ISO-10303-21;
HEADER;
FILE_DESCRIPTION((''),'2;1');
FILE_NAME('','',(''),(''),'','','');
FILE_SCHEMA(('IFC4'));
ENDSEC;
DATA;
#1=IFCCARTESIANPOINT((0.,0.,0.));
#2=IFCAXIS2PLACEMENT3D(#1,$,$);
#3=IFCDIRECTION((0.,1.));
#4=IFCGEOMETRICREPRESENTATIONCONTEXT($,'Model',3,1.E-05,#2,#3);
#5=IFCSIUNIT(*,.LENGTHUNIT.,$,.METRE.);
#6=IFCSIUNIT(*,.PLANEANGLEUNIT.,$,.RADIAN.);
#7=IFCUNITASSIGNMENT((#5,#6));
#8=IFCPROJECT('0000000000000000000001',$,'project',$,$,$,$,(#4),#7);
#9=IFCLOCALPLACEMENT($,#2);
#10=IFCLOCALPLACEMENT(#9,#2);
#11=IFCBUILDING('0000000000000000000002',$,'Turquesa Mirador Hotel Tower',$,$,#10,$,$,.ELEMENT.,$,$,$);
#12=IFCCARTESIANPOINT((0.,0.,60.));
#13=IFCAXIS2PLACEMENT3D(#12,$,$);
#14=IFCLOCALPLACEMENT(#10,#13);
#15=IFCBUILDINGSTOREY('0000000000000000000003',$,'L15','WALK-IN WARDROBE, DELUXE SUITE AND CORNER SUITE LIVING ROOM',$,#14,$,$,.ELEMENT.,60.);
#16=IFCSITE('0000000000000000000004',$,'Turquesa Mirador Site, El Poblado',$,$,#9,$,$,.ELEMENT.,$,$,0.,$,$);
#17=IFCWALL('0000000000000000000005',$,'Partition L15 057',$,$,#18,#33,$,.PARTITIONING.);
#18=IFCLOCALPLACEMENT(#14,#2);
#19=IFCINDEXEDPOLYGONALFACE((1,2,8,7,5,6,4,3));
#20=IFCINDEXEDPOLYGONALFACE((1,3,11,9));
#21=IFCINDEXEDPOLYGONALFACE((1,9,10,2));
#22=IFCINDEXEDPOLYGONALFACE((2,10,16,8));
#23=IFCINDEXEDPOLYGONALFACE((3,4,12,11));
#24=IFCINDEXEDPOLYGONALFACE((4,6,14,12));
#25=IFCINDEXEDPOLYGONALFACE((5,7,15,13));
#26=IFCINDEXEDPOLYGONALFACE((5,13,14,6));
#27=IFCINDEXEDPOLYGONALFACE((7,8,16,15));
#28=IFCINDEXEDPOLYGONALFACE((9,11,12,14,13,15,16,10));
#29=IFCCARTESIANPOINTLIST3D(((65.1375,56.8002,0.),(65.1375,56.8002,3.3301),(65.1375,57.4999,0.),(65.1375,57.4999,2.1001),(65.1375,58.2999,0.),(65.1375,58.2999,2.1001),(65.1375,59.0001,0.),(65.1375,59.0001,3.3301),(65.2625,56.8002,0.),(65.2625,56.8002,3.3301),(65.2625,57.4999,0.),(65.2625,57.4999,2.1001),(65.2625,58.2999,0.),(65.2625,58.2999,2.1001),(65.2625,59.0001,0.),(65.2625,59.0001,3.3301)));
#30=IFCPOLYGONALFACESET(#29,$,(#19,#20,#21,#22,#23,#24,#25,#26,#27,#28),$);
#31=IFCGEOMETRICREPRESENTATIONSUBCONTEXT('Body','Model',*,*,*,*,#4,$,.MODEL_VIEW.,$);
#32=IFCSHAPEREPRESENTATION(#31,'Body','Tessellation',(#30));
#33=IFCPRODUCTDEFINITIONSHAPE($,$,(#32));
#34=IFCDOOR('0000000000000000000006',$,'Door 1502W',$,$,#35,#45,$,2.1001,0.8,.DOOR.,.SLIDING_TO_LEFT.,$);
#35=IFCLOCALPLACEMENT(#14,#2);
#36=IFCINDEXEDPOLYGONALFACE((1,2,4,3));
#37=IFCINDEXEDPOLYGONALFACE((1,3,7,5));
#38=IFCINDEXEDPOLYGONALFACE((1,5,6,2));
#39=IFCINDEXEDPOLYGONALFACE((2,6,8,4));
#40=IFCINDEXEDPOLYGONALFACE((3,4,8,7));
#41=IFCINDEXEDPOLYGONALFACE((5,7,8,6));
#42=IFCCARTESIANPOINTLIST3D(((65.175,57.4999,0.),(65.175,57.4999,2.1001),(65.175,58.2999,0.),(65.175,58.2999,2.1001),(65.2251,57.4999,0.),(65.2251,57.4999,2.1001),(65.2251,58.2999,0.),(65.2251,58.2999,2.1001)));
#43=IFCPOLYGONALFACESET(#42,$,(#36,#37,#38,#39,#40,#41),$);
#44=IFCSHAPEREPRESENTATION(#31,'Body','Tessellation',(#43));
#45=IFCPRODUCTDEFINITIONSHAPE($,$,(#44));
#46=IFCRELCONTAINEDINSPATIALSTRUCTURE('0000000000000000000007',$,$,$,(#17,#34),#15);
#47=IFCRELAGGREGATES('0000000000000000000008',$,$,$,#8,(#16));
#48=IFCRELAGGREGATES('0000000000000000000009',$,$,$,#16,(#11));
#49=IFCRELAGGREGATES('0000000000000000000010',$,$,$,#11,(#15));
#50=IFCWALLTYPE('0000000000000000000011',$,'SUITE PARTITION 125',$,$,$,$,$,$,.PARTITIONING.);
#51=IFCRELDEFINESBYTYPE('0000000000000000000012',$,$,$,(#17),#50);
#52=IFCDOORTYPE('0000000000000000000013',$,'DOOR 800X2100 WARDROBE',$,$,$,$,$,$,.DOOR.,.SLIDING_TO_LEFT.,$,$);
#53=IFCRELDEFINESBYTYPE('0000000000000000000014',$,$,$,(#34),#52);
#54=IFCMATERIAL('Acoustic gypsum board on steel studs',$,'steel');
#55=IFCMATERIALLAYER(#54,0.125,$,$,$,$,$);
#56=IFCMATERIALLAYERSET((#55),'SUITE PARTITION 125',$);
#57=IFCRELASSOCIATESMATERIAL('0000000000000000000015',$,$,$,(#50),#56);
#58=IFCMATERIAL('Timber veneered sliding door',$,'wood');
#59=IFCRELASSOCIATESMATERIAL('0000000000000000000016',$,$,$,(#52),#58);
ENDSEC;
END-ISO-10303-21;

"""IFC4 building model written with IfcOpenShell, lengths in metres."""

from ifc_helpers import new_model, si_unit, direction, frame, frame_2d, origin, place, context, subcontext, project, spatial, rectangle, extrude, material, layer, layer_set, type_object, element, fill, save


model = new_model("IFC4")

# Units and contexts
model_context = context("Model", 3, precision=1e-05, world=origin(), true_north=direction((0.0, 1.0)))
body_context = subcontext(model_context, "Body", "Model", "MODEL_VIEW")
ifc_project = project(units=[si_unit("LENGTHUNIT", "METRE"), si_unit("PLANEANGLEUNIT", "RADIAN")], contexts=[model_context])

# Site, building, storey
site_placement = place(None, origin())
site = spatial("IfcSite", under=ifc_project, at=site_placement, Name="Turquesa Mirador Site, El Poblado", CompositionType="ELEMENT", RefElevation=0.0)
building_placement = place(site_placement, origin())
building = spatial("IfcBuilding", under=site, at=building_placement, Name="Turquesa Mirador Hotel Tower", CompositionType="ELEMENT")
storey_placement = place(building_placement, frame((0.0, 0.0, 60.0)))
storey = spatial("IfcBuildingStorey", under=building, at=storey_placement, Name="L15", Description="WALK-IN WARDROBE, DELUXE SUITE AND CORNER SUITE LIVING ROOM", CompositionType="ELEMENT", Elevation=60.0)

# Shared definitions
ifc_material_1 = material(Name="Acoustic gypsum board on steel studs", Category="steel")
ifc_layer_1 = layer(ifc_material_1, 0.125)
ifc_layer_set_1 = layer_set([ifc_layer_1], Name="SUITE PARTITION 125")
wall_type_1 = type_object("IfcWallType", Name="SUITE PARTITION 125", PredefinedType="PARTITIONING", material=ifc_layer_set_1)

# Wall, opening, door
wall_1_placement = place(storey_placement, frame((65.2, 56.8, 0.0), z_axis=(0.0, 0.0, 1.0), x_axis=(0.0, 1.0, 0.0)))
wall_1 = element("IfcWall", 1, at=wall_1_placement, inside=storey, type_object=wall_type_1, Name="Partition L15 057", PredefinedType="PARTITIONING", context=body_context, shape_type="SweptSolid", body=[
    extrude(rectangle(XDim=2.2, YDim=0.125, at=frame_2d((1.1001, 0.0))), origin(), (0.0, 0.0, 1.0), 3.3301),
])
opening_1_placement = place(wall_1_placement, frame((0.7, 0.0, 0.0)))
opening_1 = element("IfcOpeningElement", 2, at=opening_1_placement, cuts=wall_1, PredefinedType="OPENING", context=body_context, shape_type="SweptSolid", body=[
    extrude(rectangle(XDim=0.8, YDim=2.1001, at=frame_2d((0.3999, 1.05))), frame((0.0, 0.0725, 0.0), z_axis=(0.0, -1.0, 0.0), x_axis=(1.0, 0.0, 0.0)), (0.0, 0.0, 1.0), 0.145),
])
ifc_material_2 = material(Name="Timber veneered sliding door", Category="wood")
door_type_1 = type_object("IfcDoorType", Name="DOOR 800X2100 WARDROBE", OperationType="SLIDING_TO_LEFT", PredefinedType="DOOR", material=ifc_material_2)
door_1_placement = place(opening_1_placement, origin())
door_1 = element("IfcDoor", 3, at=door_1_placement, inside=storey, type_object=door_type_1, Name="Door 1502W", OperationType="SLIDING_TO_LEFT", OverallHeight=2.1001, OverallWidth=0.8, PredefinedType="DOOR", context=body_context, shape_type="SweptSolid", body=[
    extrude(rectangle(XDim=0.8, YDim=2.1001, at=frame_2d((0.3999, 1.05))), frame((0.0, 0.0249, 0.0), z_axis=(0.0, -1.0, 0.0), x_axis=(1.0, 0.0, 0.0)), (0.0, 0.0, 1.0), 0.05),
])
fill(opening_1, door_1)

save(model, "model.ifc")
